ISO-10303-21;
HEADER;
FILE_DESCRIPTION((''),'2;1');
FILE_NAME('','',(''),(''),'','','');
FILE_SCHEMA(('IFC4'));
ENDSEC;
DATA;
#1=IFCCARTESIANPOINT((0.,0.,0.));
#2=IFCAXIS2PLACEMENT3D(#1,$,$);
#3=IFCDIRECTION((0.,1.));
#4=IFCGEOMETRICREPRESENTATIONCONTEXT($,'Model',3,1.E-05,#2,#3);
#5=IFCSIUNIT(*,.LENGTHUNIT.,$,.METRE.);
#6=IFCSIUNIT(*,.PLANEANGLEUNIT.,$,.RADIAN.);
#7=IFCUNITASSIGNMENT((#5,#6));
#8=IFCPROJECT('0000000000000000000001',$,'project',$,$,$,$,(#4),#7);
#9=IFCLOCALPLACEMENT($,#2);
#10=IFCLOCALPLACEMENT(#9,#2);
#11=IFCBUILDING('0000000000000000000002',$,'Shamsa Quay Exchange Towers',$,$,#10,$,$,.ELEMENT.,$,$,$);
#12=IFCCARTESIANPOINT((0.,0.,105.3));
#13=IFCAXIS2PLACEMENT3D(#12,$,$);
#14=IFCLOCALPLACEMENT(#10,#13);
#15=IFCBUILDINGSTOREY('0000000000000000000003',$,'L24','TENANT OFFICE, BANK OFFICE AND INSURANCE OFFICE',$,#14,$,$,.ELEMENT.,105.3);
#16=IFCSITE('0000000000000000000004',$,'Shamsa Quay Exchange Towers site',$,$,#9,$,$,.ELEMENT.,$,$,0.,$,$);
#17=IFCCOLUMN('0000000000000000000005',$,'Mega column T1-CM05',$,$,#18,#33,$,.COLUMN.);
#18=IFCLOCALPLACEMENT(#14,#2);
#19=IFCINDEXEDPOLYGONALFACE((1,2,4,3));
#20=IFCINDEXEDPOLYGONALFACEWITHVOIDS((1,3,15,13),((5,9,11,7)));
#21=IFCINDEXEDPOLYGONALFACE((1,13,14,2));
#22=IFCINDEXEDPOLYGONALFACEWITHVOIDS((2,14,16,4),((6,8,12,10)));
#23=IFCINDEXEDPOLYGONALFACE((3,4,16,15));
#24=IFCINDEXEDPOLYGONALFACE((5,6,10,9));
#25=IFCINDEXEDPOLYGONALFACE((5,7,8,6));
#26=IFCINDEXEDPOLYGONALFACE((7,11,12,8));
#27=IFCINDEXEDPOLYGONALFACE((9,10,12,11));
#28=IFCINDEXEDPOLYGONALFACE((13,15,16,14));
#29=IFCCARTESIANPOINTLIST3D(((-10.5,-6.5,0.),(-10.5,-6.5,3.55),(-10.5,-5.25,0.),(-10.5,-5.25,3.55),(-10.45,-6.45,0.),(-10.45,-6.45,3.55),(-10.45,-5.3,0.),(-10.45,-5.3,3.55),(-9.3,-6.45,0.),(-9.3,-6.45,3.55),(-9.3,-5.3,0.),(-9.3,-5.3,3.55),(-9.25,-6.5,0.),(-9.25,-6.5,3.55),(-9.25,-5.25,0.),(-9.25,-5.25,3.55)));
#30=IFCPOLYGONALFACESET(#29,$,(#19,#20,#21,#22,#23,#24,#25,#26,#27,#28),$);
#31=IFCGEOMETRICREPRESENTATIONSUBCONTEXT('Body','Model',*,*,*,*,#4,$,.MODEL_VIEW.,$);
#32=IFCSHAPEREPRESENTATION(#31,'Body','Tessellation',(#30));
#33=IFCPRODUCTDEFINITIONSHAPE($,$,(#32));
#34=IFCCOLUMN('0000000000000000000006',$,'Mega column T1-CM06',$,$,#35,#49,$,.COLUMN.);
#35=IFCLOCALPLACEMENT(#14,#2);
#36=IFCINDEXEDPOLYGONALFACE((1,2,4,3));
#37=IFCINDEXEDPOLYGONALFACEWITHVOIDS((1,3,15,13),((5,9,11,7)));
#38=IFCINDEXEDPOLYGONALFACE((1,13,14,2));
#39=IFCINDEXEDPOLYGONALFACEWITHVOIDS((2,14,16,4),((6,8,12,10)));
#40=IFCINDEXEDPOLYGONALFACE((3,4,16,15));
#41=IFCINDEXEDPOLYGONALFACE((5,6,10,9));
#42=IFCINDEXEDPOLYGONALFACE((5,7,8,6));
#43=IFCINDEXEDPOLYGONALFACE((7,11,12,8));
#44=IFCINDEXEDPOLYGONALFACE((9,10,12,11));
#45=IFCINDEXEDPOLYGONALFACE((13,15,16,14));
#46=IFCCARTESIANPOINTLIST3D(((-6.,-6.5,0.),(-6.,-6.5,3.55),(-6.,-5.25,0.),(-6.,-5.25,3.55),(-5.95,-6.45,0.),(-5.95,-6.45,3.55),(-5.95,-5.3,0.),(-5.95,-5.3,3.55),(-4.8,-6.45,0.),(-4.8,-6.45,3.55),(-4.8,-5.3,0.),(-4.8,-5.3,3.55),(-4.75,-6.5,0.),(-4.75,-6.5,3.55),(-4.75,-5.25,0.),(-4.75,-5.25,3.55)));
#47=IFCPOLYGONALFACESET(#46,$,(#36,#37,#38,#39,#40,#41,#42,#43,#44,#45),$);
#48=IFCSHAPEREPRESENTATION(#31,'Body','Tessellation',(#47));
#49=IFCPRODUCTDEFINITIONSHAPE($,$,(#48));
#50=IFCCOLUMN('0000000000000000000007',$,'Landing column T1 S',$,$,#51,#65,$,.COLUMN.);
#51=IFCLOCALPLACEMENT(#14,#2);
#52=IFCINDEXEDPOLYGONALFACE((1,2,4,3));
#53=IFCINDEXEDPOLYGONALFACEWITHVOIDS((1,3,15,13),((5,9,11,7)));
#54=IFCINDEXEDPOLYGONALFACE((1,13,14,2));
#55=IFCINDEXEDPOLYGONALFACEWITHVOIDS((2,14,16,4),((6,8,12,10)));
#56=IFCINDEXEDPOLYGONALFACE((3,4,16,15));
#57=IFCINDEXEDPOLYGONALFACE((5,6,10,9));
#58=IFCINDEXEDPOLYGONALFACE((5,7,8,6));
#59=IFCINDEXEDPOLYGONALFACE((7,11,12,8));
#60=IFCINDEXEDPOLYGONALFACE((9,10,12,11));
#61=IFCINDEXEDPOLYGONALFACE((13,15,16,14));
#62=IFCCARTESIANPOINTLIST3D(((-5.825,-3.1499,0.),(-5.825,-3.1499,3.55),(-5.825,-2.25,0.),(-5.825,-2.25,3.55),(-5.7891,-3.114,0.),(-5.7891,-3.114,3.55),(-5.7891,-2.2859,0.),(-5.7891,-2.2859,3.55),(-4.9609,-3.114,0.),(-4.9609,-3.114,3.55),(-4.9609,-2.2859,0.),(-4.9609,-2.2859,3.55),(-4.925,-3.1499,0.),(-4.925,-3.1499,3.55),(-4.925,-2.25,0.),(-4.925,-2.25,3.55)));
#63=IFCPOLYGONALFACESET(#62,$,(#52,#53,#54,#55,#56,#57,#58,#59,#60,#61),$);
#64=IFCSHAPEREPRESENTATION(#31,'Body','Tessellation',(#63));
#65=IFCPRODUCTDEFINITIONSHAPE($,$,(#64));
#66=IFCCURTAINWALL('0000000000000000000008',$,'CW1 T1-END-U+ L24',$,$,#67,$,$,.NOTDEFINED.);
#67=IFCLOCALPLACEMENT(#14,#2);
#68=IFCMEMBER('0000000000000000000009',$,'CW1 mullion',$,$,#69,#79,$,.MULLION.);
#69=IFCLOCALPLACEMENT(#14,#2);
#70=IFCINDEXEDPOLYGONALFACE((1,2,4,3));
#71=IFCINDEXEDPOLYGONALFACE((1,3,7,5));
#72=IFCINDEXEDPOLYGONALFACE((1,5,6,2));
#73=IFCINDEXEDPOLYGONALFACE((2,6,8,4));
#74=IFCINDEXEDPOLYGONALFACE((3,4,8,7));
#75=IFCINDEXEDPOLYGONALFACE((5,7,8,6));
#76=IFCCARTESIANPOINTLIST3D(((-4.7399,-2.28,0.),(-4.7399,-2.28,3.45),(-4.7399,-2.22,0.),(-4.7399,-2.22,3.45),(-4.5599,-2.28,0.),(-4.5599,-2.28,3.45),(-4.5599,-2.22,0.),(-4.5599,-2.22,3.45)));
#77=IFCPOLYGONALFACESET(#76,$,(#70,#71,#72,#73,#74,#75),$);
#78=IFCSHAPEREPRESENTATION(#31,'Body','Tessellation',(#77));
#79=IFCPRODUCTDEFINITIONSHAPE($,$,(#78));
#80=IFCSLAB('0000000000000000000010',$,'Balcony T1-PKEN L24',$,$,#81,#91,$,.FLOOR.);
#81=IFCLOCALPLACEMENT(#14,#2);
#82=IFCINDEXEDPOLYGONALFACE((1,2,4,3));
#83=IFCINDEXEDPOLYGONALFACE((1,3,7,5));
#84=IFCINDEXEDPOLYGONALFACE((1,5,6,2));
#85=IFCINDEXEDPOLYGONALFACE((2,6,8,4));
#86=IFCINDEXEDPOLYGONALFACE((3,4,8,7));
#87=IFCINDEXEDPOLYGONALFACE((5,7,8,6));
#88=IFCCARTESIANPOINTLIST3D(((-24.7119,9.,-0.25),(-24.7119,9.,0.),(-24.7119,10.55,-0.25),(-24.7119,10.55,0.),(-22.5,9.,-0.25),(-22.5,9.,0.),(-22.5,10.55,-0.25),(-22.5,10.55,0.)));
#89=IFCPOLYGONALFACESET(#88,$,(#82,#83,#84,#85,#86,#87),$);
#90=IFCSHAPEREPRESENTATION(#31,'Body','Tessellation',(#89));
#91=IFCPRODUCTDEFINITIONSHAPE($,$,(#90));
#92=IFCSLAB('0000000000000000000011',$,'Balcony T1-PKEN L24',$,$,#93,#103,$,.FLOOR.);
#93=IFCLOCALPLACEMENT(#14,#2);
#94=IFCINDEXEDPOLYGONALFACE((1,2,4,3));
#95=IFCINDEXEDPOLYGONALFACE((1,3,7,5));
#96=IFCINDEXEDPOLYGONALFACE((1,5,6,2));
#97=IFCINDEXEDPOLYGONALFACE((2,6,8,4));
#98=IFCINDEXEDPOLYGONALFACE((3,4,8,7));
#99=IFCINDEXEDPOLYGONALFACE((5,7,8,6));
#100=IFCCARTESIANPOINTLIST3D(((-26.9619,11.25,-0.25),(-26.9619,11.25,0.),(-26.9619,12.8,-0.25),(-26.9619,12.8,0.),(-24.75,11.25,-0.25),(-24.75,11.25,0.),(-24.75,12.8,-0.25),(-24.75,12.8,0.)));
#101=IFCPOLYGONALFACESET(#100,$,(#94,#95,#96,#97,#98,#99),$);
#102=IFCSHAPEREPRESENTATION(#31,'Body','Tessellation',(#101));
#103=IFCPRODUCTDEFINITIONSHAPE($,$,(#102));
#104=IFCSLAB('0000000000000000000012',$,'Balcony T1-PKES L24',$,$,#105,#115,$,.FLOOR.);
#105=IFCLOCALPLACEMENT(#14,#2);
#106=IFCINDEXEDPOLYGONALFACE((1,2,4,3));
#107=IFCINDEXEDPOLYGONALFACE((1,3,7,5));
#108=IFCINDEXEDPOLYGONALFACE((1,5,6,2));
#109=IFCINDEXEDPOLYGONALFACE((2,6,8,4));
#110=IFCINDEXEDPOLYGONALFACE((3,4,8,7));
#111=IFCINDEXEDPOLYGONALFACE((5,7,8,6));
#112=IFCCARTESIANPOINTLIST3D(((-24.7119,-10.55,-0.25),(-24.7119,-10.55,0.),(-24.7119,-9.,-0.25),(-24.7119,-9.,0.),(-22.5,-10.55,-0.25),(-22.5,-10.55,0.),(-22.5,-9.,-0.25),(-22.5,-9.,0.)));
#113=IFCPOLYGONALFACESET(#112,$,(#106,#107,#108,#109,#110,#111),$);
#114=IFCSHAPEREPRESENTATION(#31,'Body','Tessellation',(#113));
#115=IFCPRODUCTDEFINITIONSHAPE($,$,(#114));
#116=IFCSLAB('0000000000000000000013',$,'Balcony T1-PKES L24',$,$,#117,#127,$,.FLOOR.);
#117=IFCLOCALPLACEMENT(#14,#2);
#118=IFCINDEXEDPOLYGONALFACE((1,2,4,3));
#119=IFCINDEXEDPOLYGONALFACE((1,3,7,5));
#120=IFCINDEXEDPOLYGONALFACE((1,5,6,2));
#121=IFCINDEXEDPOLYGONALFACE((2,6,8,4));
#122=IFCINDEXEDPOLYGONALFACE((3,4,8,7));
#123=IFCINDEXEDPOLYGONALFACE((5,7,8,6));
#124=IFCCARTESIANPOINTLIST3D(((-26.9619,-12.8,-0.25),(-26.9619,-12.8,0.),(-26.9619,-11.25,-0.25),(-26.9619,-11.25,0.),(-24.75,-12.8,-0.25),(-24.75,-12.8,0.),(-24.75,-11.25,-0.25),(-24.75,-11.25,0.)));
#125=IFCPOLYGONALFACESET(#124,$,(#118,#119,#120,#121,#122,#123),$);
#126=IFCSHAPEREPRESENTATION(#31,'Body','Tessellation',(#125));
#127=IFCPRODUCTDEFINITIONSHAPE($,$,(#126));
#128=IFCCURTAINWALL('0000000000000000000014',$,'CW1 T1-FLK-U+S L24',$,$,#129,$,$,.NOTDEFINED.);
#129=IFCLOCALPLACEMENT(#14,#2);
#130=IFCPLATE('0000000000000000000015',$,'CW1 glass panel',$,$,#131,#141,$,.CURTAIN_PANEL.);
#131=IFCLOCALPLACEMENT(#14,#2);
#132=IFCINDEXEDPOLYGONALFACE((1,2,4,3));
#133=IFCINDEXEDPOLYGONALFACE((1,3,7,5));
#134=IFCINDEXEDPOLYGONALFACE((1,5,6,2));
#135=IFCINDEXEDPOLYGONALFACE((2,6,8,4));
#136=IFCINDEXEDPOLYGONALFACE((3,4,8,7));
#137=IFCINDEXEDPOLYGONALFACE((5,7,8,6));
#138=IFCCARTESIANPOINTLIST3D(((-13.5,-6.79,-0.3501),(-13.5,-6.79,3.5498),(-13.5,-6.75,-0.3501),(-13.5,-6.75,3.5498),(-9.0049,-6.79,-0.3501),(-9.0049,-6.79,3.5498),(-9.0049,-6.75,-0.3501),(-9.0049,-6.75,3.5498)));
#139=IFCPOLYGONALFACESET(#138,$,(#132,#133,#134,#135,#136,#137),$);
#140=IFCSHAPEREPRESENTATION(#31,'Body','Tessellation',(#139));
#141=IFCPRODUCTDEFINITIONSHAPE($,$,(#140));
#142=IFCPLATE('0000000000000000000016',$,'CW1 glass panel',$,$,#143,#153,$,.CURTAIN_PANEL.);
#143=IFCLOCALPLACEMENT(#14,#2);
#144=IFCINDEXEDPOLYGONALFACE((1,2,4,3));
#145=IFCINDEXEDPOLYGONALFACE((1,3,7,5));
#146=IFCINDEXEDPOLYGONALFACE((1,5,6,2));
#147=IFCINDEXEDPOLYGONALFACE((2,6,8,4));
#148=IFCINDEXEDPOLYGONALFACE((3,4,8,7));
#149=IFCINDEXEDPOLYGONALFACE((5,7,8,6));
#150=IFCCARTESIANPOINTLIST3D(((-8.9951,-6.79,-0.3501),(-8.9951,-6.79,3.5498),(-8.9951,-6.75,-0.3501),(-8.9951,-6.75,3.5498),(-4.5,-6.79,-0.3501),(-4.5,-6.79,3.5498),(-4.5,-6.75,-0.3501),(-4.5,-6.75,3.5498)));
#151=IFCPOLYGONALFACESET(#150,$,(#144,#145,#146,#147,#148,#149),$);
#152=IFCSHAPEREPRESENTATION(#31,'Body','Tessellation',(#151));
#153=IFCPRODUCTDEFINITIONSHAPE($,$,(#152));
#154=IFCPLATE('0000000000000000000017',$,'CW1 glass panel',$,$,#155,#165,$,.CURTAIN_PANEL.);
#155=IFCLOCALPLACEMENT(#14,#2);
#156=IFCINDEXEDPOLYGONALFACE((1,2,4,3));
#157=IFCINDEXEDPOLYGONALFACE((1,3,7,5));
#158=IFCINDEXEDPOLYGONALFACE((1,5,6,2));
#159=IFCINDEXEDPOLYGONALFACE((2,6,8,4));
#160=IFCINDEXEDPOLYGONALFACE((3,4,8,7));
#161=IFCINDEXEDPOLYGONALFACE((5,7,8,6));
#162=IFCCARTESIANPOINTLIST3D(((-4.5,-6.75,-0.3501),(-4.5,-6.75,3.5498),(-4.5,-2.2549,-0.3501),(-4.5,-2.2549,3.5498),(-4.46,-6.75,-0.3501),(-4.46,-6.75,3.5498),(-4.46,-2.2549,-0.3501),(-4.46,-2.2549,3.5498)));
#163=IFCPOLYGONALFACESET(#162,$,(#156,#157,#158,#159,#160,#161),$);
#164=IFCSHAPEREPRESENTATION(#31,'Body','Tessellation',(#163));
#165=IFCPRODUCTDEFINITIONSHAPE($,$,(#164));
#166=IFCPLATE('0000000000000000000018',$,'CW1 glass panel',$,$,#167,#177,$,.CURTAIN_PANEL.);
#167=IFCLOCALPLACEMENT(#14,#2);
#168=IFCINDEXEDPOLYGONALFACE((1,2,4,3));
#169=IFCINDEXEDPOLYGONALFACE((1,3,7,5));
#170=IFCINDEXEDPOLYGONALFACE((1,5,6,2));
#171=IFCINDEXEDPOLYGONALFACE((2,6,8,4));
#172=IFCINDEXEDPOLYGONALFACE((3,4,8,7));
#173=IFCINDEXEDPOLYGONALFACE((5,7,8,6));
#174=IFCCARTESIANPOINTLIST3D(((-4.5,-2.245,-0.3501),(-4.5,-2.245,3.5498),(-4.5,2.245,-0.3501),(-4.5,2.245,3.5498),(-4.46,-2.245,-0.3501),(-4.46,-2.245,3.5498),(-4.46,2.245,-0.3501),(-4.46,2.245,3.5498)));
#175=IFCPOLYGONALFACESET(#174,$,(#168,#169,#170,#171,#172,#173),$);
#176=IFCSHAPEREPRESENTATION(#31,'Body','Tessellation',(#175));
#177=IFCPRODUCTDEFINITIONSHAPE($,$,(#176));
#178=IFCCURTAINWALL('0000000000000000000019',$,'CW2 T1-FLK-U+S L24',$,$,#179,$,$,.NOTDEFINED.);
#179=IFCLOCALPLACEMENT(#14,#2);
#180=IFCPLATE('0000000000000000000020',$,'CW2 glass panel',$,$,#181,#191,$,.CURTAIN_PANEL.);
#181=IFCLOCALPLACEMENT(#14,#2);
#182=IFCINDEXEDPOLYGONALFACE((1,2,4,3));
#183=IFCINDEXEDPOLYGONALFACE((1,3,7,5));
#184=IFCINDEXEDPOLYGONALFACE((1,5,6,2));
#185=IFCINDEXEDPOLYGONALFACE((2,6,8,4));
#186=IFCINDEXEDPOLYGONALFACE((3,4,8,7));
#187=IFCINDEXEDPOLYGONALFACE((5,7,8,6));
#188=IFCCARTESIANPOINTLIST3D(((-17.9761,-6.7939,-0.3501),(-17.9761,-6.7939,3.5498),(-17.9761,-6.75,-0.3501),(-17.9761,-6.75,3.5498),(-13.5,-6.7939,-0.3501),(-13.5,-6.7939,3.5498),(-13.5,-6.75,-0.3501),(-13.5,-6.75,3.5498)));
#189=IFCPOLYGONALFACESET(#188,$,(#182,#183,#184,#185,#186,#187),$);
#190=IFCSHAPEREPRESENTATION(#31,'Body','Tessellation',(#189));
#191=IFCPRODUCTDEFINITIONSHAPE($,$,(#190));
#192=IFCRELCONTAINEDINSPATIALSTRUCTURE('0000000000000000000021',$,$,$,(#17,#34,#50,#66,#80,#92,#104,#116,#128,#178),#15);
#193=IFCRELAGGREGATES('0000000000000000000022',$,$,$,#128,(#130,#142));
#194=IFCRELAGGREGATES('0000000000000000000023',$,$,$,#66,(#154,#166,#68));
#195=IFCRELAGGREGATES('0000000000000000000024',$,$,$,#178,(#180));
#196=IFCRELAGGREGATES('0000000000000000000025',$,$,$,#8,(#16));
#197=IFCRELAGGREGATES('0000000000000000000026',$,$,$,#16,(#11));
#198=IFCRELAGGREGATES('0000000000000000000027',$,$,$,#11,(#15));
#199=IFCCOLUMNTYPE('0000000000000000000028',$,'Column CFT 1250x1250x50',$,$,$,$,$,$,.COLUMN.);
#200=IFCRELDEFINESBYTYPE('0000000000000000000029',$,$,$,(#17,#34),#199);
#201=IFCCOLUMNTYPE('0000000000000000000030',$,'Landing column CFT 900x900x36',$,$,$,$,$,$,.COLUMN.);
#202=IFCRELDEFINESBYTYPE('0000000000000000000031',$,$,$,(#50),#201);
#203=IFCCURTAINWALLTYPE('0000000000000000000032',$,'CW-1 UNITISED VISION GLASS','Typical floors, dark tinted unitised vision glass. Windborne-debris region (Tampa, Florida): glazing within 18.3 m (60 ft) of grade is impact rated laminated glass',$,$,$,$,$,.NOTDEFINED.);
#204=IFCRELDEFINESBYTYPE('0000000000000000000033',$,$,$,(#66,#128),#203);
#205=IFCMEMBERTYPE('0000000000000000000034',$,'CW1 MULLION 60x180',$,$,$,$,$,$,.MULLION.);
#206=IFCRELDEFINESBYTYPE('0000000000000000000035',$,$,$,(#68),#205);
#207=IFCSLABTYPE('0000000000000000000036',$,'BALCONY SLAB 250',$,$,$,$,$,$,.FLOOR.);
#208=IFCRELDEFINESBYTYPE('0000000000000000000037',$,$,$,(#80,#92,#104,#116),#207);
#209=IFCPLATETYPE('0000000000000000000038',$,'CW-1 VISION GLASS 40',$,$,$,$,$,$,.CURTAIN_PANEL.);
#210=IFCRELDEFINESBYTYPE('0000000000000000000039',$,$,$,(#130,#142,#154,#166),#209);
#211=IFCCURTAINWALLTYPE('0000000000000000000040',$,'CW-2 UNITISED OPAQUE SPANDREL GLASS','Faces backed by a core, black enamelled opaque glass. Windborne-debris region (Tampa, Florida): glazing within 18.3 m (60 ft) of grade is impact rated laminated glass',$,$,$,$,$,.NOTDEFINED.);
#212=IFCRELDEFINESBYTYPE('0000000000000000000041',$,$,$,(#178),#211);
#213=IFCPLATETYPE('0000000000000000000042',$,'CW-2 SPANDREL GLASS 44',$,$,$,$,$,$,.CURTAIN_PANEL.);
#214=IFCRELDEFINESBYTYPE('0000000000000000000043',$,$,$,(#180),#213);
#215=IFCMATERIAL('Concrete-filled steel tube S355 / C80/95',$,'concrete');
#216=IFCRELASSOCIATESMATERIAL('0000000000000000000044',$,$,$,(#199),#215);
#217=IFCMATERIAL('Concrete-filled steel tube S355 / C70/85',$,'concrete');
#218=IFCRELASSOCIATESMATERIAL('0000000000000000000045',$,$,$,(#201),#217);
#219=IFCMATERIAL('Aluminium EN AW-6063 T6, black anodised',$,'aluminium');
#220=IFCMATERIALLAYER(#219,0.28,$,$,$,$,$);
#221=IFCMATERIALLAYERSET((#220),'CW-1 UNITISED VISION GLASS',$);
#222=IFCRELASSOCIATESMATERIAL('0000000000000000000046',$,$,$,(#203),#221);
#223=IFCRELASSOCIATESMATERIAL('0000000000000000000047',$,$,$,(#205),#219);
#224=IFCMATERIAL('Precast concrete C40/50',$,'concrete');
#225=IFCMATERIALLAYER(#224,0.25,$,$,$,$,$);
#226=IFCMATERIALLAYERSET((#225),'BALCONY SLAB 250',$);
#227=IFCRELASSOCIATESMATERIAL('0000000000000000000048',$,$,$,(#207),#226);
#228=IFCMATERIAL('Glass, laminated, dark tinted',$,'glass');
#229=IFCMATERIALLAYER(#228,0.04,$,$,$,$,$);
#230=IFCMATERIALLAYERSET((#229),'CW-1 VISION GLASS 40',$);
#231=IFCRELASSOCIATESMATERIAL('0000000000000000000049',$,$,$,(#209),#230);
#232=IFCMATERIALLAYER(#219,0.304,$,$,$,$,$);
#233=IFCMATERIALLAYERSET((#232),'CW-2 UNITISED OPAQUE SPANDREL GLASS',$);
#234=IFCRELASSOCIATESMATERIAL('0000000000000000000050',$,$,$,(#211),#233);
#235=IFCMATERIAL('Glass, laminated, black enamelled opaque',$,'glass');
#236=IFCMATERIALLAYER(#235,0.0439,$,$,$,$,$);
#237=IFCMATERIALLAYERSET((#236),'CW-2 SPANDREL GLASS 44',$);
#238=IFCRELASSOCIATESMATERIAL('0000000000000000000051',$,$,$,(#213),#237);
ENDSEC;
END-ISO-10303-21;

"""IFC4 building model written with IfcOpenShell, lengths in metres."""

from ifc_helpers import new_model, si_unit, direction, frame, origin, origin_2d, place, context, subcontext, project, spatial, polyline, rectangle, hollow_rectangle, outline, extrude, material, layer, layer_set, material_profile, profile_set, type_object, element, aggregate, save


model = new_model("IFC4")

# Units and contexts
model_context = context("Model", 3, precision=1e-05, world=origin(), true_north=direction((0.0, 1.0)))
body_context = subcontext(model_context, "Body", "Model", "MODEL_VIEW")
ifc_project = project(units=[si_unit("LENGTHUNIT", "METRE"), si_unit("PLANEANGLEUNIT", "RADIAN")], contexts=[model_context])

# Site, building, storey
site_placement = place(None, origin())
site = spatial("IfcSite", under=ifc_project, at=site_placement, Name="Shamsa Quay Exchange Towers site", CompositionType="ELEMENT", RefElevation=0.0)
building_placement = place(site_placement, origin())
building = spatial("IfcBuilding", under=site, at=building_placement, Name="Shamsa Quay Exchange Towers", CompositionType="ELEMENT")
storey_placement = place(building_placement, frame((0.0, 0.0, 105.3)))
storey = spatial("IfcBuildingStorey", under=building, at=storey_placement, Name="L24", Description="TENANT OFFICE, BANK OFFICE AND INSURANCE OFFICE", CompositionType="ELEMENT", Elevation=105.3)

# Columns
ifc_material_1 = material(Name="Concrete-filled steel tube S355 / C80/95", Category="concrete")
ifc_material_profile_1 = material_profile(ifc_material_1, hollow_rectangle(XDim=1.25, YDim=1.25, WallThickness=0.05, at=origin_2d()), Name="CFT 1250x1250x50")
ifc_profile_set_1 = profile_set([ifc_material_profile_1], Name="Concrete-filled steel tube S355 / C80/95")
column_type_1 = type_object("IfcColumnType", Name="Column CFT 1250x1250x50", PredefinedType="COLUMN", material=ifc_profile_set_1)
for number, where, name in (
    (1, (-9.875, -5.875, 0.0), "Mega column T1-CM05"),
    (2, (-5.375, -5.875, 0.0), "Mega column T1-CM06"),
):
    element("IfcColumn", number, at=place(storey_placement, frame(where)), inside=storey, type_object=column_type_1, Name=name, PredefinedType="COLUMN", context=body_context, shape_type="SweptSolid", body=[
        extrude(hollow_rectangle(XDim=1.25, YDim=1.25, WallThickness=0.05, at=origin_2d()), origin(), (0.0, 0.0, 1.0), 3.55),
    ])
ifc_material_2 = material(Name="Concrete-filled steel tube S355 / C70/85", Category="concrete")
ifc_material_profile_2 = material_profile(ifc_material_2, hollow_rectangle(XDim=0.8999, YDim=0.8999, WallThickness=0.0359, at=origin_2d()), Name="CFT 900x900x36")
ifc_profile_set_2 = profile_set([ifc_material_profile_2], Name="Concrete-filled steel tube S355 / C70/85")
column_type_2 = type_object("IfcColumnType", Name="Landing column CFT 900x900x36", PredefinedType="COLUMN", material=ifc_profile_set_2)
column_placement = place(storey_placement, frame((-5.375, -2.7, 0.0)))
element("IfcColumn", 3, at=column_placement, inside=storey, type_object=column_type_2, Name="Landing column T1 S", PredefinedType="COLUMN", context=body_context, shape_type="SweptSolid", body=[
    extrude(hollow_rectangle(XDim=0.8999, YDim=0.8999, WallThickness=0.0359, at=origin_2d()), origin(), (0.0, 0.0, 1.0), 3.55),
])

# Curtain wall, member
ifc_material_3 = material(Name="Aluminium EN AW-6063 T6, black anodised", Category="aluminium")
ifc_layer_1 = layer(ifc_material_3, 0.28)
ifc_layer_set_1 = layer_set([ifc_layer_1], Name="CW-1 UNITISED VISION GLASS")
curtain_wall_type_1 = type_object("IfcCurtainWallType", Name="CW-1 UNITISED VISION GLASS", Description="Typical floors, dark tinted unitised vision glass. Windborne-debris region (Tampa, Florida): glazing within 18.3 m (60 ft) of grade is impact rated laminated glass", PredefinedType="NOTDEFINED", material=ifc_layer_set_1)
curtain_wall_1_placement = place(storey_placement, origin())
curtain_wall_1 = element("IfcCurtainWall", 4, at=curtain_wall_1_placement, inside=storey, type_object=curtain_wall_type_1, Name="CW1 T1-END-U+ L24", PredefinedType="NOTDEFINED")
ifc_material_profile_3 = material_profile(ifc_material_3, rectangle(XDim=0.1799, YDim=0.0601, at=origin_2d()), Name="MU60x180")
ifc_profile_set_3 = profile_set([ifc_material_profile_3], Name="Aluminium EN AW-6063 T6, black anodised")
member_type = type_object("IfcMemberType", Name="CW1 MULLION 60x180", PredefinedType="MULLION", material=ifc_profile_set_3)
member_placement = place(storey_placement, frame((-4.6499, -2.25, 0.0), z_axis=(0.0, 0.0, 1.0), x_axis=(-1.0, 0.0, 0.0)))
member = element("IfcMember", 5, at=member_placement, type_object=member_type, Name="CW1 mullion", PredefinedType="MULLION", context=body_context, shape_type="SweptSolid", body=[
    extrude(rectangle(XDim=0.1799, YDim=0.0601, at=origin_2d()), origin(), (0.0, 0.0, 1.0), 3.45),
])

# Slabs
ifc_material_4 = material(Name="Precast concrete C40/50", Category="concrete")
ifc_layer_2 = layer(ifc_material_4, 0.25)
ifc_layer_set_2 = layer_set([ifc_layer_2], Name="BALCONY SLAB 250")
slab_type_1 = type_object("IfcSlabType", Name="BALCONY SLAB 250", PredefinedType="FLOOR", material=ifc_layer_set_2)
slab_1_placement = place(storey_placement, frame((0.0, 0.0, -0.25)))
element("IfcSlab", 6, at=slab_1_placement, inside=storey, type_object=slab_type_1, Name="Balcony T1-PKEN L24", PredefinedType="FLOOR", context=body_context, shape_type="SweptSolid", body=[
    extrude(outline(polyline([(-22.5, 9.0), (-24.7119, 9.0), (-24.7119, 10.55), (-22.5, 10.55), (-22.5, 9.0)])), origin(), (0.0, 0.0, 1.0), 0.25),
])
slab_2_placement = place(storey_placement, frame((0.0, 0.0, -0.25)))
element("IfcSlab", 7, at=slab_2_placement, inside=storey, type_object=slab_type_1, Name="Balcony T1-PKEN L24", PredefinedType="FLOOR", context=body_context, shape_type="SweptSolid", body=[
    extrude(outline(polyline([(-24.75, 11.25), (-26.9619, 11.25), (-26.9619, 12.8), (-24.75, 12.8), (-24.75, 11.25)])), origin(), (0.0, 0.0, 1.0), 0.25),
])
slab_3_placement = place(storey_placement, frame((0.0, 0.0, -0.25)))
element("IfcSlab", 8, at=slab_3_placement, inside=storey, type_object=slab_type_1, Name="Balcony T1-PKES L24", PredefinedType="FLOOR", context=body_context, shape_type="SweptSolid", body=[
    extrude(outline(polyline([(-24.7119, -9.0), (-22.5, -9.0), (-22.5, -10.55), (-24.7119, -10.55), (-24.7119, -9.0)])), origin(), (0.0, 0.0, 1.0), 0.25),
])
slab_4_placement = place(storey_placement, frame((0.0, 0.0, -0.25)))
element("IfcSlab", 9, at=slab_4_placement, inside=storey, type_object=slab_type_1, Name="Balcony T1-PKES L24", PredefinedType="FLOOR", context=body_context, shape_type="SweptSolid", body=[
    extrude(outline(polyline([(-26.9619, -11.25), (-24.75, -11.25), (-24.75, -12.8), (-26.9619, -12.8), (-26.9619, -11.25)])), origin(), (0.0, 0.0, 1.0), 0.25),
])

# Curtain wall, plates
curtain_wall_2_placement = place(storey_placement, origin())
curtain_wall_2 = element("IfcCurtainWall", 10, at=curtain_wall_2_placement, inside=storey, type_object=curtain_wall_type_1, Name="CW1 T1-FLK-U+S L24", PredefinedType="NOTDEFINED")
ifc_material_5 = material(Name="Glass, laminated, dark tinted", Category="glass")
ifc_layer_3 = layer(ifc_material_5, 0.04)
ifc_layer_set_3 = layer_set([ifc_layer_3], Name="CW-1 VISION GLASS 40")
plate_type_1 = type_object("IfcPlateType", Name="CW-1 VISION GLASS 40", PredefinedType="CURTAIN_PANEL", material=ifc_layer_set_3)
plate_1_placement = place(storey_placement, frame((-11.2524, -6.77, -0.3501)))
plate_1 = element("IfcPlate", 11, at=plate_1_placement, type_object=plate_type_1, Name="CW1 glass panel", PredefinedType="CURTAIN_PANEL", context=body_context, shape_type="SweptSolid", body=[
    extrude(rectangle(XDim=4.4951, YDim=0.04, at=origin_2d()), origin(), (0.0, 0.0, 1.0), 3.8999),
])
plate_2_placement = place(storey_placement, frame((-6.7476, -6.77, -0.3501)))
plate_2 = element("IfcPlate", 12, at=plate_2_placement, type_object=plate_type_1, Name="CW1 glass panel", PredefinedType="CURTAIN_PANEL", context=body_context, shape_type="SweptSolid", body=[
    extrude(rectangle(XDim=4.4951, YDim=0.04, at=origin_2d()), origin(), (0.0, 0.0, 1.0), 3.8999),
])
aggregate(curtain_wall_2, [plate_1, plate_2])

# Plates
plate_3_placement = place(storey_placement, frame((-4.48, -4.5024, -0.3501), z_axis=(0.0, 0.0, 1.0), x_axis=(0.0, 1.0, 0.0)))
plate_3 = element("IfcPlate", 13, at=plate_3_placement, type_object=plate_type_1, Name="CW1 glass panel", PredefinedType="CURTAIN_PANEL", context=body_context, shape_type="SweptSolid", body=[
    extrude(rectangle(XDim=4.4951, YDim=0.04, at=origin_2d()), origin(), (0.0, 0.0, 1.0), 3.8999),
])
plate_4_placement = place(storey_placement, frame((-4.48, 0.0, -0.3501), z_axis=(0.0, 0.0, 1.0), x_axis=(0.0, 1.0, 0.0)))
plate_4 = element("IfcPlate", 14, at=plate_4_placement, type_object=plate_type_1, Name="CW1 glass panel", PredefinedType="CURTAIN_PANEL", context=body_context, shape_type="SweptSolid", body=[
    extrude(rectangle(XDim=4.49, YDim=0.04, at=origin_2d()), origin(), (0.0, 0.0, 1.0), 3.8999),
])
aggregate(curtain_wall_1, [plate_3, plate_4, member])

# Curtain wall, plate
ifc_layer_4 = layer(ifc_material_3, 0.304)
ifc_layer_set_4 = layer_set([ifc_layer_4], Name="CW-2 UNITISED OPAQUE SPANDREL GLASS")
curtain_wall_type_2 = type_object("IfcCurtainWallType", Name="CW-2 UNITISED OPAQUE SPANDREL GLASS", Description="Faces backed by a core, black enamelled opaque glass. Windborne-debris region (Tampa, Florida): glazing within 18.3 m (60 ft) of grade is impact rated laminated glass", PredefinedType="NOTDEFINED", material=ifc_layer_set_4)
curtain_wall_3_placement = place(storey_placement, origin())
curtain_wall_3 = element("IfcCurtainWall", 15, at=curtain_wall_3_placement, inside=storey, type_object=curtain_wall_type_2, Name="CW2 T1-FLK-U+S L24", PredefinedType="NOTDEFINED")
ifc_material_6 = material(Name="Glass, laminated, black enamelled opaque", Category="glass")
ifc_layer_5 = layer(ifc_material_6, 0.0439)
ifc_layer_set_5 = layer_set([ifc_layer_5], Name="CW-2 SPANDREL GLASS 44")
plate_type_2 = type_object("IfcPlateType", Name="CW-2 SPANDREL GLASS 44", PredefinedType="CURTAIN_PANEL", material=ifc_layer_set_5)
plate_5_placement = place(storey_placement, frame((-15.738, -6.772, -0.3501)))
plate_5 = element("IfcPlate", 16, at=plate_5_placement, type_object=plate_type_2, Name="CW2 glass panel", PredefinedType="CURTAIN_PANEL", context=body_context, shape_type="SweptSolid", body=[
    extrude(rectangle(XDim=4.4761, YDim=0.0439, at=origin_2d()), origin(), (0.0, 0.0, 1.0), 3.8999),
])
aggregate(curtain_wall_3, [plate_5])

save(model, "model.ifc")
